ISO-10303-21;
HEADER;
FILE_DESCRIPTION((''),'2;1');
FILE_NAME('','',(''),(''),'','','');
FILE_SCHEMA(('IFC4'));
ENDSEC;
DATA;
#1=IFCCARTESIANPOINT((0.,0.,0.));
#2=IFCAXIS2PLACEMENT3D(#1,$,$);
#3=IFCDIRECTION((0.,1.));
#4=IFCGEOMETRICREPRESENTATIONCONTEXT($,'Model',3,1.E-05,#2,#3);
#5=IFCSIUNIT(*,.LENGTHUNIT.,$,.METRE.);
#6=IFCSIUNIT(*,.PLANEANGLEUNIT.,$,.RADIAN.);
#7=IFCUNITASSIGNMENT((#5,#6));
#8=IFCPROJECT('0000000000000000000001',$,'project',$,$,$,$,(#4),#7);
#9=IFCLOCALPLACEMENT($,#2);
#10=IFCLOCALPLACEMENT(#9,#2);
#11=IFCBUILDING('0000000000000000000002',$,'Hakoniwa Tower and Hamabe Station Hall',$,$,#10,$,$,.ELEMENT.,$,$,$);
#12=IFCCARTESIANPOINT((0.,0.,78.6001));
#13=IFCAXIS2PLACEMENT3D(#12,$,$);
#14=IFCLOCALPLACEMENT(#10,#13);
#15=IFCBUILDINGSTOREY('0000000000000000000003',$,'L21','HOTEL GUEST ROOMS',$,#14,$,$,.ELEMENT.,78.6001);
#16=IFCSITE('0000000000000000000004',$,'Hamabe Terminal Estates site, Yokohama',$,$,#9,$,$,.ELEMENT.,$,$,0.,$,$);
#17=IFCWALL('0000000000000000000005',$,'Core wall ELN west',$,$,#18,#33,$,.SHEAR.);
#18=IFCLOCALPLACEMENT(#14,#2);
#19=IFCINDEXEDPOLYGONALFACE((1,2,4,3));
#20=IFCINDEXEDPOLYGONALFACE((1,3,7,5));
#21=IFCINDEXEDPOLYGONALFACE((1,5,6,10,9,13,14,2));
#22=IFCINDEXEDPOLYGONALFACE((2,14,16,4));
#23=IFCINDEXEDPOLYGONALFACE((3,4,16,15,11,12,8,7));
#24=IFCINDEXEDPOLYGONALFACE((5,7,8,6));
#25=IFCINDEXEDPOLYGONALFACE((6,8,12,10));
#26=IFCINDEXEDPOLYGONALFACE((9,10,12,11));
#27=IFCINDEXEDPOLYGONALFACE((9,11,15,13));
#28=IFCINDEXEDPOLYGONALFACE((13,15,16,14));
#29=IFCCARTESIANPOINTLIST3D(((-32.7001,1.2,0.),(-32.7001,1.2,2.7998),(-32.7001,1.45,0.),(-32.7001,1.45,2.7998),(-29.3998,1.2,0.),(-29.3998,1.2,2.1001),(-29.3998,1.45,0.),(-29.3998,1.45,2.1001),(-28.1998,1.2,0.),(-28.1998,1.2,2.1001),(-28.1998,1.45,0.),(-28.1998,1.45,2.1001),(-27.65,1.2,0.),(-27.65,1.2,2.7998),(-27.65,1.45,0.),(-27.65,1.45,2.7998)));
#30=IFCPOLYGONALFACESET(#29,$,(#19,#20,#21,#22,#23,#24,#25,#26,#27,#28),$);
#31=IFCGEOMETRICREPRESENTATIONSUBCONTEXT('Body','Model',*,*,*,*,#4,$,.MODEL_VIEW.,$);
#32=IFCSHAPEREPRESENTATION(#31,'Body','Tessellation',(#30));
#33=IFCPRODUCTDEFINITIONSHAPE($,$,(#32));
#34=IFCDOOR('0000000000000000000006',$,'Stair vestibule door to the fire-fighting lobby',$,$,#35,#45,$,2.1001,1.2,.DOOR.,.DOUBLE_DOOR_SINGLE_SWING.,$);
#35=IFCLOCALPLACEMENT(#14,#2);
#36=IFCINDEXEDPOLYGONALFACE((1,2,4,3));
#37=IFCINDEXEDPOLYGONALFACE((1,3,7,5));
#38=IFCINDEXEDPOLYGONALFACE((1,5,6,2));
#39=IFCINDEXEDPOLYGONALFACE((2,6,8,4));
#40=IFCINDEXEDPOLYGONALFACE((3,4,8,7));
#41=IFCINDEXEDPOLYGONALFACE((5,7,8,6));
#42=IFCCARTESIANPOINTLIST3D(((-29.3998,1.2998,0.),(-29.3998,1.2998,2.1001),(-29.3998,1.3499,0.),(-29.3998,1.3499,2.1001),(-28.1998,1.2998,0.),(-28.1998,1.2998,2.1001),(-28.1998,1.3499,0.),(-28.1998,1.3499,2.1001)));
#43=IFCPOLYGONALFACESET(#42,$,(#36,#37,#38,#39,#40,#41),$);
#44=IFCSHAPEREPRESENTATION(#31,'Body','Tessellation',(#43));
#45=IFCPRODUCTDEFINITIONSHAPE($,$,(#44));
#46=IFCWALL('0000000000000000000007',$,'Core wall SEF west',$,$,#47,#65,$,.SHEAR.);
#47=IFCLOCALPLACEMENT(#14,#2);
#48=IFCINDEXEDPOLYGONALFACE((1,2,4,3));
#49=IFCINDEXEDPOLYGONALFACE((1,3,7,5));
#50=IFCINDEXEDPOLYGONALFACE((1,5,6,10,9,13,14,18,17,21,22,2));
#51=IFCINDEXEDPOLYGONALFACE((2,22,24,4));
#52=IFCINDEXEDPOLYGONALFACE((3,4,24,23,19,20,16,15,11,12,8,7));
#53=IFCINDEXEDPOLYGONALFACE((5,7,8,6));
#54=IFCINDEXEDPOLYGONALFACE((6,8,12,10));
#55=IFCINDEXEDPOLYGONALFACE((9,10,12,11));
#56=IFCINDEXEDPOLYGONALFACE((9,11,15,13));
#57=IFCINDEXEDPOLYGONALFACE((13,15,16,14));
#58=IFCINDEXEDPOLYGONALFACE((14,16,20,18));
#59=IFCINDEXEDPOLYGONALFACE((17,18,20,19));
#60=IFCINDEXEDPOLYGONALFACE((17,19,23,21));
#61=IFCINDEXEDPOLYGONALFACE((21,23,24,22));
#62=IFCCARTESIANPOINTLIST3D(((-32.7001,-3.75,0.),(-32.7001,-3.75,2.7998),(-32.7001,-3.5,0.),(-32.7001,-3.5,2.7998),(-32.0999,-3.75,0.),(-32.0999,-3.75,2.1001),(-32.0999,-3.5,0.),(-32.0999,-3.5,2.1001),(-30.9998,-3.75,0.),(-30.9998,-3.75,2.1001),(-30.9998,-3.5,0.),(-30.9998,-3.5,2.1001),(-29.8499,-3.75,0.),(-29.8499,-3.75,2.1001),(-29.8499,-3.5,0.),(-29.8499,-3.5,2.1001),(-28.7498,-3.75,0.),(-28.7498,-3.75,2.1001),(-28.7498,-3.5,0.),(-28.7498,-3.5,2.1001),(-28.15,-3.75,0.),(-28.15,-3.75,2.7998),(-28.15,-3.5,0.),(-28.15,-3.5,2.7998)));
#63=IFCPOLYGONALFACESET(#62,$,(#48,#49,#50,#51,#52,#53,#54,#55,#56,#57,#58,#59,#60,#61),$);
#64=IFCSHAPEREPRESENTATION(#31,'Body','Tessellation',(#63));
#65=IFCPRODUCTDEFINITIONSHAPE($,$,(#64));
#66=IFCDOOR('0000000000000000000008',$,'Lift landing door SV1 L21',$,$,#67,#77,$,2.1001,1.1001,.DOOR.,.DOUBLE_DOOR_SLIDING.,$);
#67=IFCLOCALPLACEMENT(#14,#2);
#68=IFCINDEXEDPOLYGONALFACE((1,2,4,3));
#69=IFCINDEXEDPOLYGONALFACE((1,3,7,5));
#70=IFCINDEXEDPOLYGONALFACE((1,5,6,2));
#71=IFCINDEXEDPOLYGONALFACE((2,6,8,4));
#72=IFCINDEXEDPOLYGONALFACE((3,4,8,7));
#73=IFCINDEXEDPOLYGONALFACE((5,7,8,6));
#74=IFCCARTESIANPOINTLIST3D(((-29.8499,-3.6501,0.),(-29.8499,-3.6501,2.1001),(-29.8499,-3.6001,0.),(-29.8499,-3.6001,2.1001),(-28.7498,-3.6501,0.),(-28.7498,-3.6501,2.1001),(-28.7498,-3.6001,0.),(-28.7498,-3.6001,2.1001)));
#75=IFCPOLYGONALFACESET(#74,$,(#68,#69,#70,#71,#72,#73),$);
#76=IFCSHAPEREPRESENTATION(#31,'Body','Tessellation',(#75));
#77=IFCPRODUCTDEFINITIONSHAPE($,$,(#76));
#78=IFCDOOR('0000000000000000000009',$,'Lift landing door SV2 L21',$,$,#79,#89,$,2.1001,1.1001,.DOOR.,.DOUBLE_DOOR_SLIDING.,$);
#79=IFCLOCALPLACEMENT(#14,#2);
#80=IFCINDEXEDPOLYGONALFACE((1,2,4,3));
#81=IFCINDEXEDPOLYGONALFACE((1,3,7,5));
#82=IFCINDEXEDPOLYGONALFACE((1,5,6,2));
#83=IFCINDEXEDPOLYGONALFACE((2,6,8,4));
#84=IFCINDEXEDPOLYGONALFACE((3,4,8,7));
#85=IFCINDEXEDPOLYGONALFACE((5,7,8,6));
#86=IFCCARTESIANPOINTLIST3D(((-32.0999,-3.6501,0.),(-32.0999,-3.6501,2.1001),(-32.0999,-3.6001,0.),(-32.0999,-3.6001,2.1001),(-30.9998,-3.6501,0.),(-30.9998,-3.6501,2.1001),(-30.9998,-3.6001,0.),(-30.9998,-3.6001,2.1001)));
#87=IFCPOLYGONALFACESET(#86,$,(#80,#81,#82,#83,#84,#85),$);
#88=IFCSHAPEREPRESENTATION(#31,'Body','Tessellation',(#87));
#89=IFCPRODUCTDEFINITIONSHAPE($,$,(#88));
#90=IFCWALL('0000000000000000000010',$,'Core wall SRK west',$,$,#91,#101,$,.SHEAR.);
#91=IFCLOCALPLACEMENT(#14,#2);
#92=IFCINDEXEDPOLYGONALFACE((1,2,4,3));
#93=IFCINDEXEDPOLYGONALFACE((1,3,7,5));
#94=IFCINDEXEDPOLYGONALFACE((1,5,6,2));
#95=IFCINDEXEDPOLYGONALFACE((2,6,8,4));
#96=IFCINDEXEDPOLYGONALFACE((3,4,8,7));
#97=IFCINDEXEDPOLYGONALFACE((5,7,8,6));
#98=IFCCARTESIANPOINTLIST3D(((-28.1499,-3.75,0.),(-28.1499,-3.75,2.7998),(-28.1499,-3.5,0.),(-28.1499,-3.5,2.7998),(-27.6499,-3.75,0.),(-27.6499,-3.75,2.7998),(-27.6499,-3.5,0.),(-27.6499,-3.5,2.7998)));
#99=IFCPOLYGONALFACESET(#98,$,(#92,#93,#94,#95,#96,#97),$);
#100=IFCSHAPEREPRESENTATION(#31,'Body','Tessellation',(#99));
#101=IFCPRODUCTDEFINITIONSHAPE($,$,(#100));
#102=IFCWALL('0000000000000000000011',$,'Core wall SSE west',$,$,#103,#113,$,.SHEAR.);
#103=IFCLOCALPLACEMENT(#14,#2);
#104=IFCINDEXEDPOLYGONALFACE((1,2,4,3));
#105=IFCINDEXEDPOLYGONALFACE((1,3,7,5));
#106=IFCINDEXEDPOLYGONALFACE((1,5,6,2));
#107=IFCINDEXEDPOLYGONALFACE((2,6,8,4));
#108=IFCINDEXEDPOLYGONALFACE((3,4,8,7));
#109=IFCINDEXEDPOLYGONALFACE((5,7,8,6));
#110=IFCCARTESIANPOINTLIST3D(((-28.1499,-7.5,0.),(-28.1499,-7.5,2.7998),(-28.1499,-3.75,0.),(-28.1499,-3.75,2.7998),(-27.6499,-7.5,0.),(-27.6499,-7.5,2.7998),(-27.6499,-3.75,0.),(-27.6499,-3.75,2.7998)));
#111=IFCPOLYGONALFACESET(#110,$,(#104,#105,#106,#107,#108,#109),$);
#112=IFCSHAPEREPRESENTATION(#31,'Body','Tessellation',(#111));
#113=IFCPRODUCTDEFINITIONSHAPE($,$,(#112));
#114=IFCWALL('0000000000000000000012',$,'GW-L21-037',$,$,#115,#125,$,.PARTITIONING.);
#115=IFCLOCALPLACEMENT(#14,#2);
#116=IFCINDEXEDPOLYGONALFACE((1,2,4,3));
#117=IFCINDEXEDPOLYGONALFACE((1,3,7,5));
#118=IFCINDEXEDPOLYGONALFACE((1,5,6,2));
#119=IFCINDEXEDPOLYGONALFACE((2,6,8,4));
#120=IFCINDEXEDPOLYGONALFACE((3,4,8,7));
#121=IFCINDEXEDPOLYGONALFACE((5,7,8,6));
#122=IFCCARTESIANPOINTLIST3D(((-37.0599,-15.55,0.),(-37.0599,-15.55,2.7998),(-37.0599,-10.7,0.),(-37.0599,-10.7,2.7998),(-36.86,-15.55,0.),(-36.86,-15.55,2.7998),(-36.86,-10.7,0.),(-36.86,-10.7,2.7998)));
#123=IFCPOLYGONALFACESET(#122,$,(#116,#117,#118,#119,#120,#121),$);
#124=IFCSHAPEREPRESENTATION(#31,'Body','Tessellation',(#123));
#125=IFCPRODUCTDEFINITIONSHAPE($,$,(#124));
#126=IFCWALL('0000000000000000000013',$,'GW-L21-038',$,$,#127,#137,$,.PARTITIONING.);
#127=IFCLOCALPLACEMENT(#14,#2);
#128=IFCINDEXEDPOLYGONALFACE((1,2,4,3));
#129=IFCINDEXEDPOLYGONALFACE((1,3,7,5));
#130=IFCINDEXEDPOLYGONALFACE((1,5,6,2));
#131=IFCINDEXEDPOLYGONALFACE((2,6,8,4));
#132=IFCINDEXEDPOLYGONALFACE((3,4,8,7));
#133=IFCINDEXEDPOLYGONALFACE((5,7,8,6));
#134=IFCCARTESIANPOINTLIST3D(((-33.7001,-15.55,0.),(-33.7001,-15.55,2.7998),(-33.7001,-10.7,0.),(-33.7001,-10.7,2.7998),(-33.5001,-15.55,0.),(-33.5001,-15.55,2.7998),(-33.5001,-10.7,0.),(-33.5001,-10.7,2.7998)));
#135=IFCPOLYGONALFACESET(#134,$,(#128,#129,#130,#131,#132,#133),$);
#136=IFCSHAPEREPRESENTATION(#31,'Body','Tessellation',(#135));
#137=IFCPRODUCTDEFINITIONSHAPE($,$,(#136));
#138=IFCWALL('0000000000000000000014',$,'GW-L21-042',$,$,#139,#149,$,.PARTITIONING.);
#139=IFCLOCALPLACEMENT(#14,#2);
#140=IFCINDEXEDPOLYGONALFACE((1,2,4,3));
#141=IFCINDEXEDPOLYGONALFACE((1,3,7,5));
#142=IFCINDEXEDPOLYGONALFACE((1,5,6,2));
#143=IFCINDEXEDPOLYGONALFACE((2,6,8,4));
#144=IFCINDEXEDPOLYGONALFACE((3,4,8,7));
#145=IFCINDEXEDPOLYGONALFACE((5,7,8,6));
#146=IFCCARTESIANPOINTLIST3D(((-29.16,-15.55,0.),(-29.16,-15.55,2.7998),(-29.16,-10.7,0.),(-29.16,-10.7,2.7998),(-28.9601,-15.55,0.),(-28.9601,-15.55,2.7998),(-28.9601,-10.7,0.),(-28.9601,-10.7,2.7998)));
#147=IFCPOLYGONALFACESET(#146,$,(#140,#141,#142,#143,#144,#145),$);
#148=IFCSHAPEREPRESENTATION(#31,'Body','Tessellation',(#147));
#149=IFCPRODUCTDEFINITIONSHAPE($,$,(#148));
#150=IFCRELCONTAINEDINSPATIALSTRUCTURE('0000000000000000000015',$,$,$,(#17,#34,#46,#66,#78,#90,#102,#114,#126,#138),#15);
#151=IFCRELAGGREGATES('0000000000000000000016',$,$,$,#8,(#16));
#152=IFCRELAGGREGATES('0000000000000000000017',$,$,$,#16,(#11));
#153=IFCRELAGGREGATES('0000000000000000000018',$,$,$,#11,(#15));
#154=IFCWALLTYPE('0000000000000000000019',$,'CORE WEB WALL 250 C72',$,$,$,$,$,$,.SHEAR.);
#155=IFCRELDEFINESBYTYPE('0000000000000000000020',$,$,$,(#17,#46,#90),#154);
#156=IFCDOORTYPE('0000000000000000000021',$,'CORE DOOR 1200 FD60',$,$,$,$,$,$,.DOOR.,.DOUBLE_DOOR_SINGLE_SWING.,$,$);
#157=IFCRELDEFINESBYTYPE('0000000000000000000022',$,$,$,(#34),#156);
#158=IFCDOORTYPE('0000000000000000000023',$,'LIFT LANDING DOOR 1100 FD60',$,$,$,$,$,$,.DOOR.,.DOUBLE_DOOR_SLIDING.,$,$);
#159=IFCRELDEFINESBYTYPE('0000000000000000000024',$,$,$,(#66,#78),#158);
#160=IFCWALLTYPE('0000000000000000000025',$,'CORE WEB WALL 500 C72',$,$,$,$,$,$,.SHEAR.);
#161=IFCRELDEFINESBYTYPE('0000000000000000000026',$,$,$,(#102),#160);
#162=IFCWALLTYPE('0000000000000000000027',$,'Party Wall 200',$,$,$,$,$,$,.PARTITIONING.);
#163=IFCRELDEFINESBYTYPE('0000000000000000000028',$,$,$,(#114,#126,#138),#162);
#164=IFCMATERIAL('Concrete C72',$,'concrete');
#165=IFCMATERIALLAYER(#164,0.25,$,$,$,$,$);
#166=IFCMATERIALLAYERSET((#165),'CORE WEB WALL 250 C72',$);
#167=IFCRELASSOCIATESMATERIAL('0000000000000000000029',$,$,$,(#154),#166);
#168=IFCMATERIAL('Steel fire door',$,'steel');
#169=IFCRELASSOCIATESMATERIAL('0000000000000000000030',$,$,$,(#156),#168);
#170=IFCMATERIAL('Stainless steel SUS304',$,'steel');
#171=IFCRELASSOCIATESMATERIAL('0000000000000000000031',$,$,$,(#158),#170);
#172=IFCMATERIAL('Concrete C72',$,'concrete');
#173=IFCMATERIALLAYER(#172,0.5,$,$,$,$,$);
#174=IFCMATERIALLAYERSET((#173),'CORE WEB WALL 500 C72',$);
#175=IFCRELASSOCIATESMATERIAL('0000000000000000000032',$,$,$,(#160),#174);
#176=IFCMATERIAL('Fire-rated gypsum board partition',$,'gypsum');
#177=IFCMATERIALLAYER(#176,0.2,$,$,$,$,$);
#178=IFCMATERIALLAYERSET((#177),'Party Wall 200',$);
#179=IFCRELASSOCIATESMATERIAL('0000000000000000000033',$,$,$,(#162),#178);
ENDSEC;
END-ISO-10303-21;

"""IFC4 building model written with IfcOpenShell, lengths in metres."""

from ifc_helpers import new_model, si_unit, direction, frame, frame_2d, origin, place, context, subcontext, project, spatial, rectangle, extrude, material, layer, layer_set, type_object, element, fill, save


model = new_model("IFC4")

# Units and contexts
model_context = context("Model", 3, precision=1e-05, world=origin(), true_north=direction((0.0, 1.0)))
body_context = subcontext(model_context, "Body", "Model", "MODEL_VIEW")
ifc_project = project(units=[si_unit("LENGTHUNIT", "METRE"), si_unit("PLANEANGLEUNIT", "RADIAN")], contexts=[model_context])

# Site, building, storey
site_placement = place(None, origin())
site = spatial("IfcSite", under=ifc_project, at=site_placement, Name="Hamabe Terminal Estates site, Yokohama", CompositionType="ELEMENT", RefElevation=0.0)
building_placement = place(site_placement, origin())
building = spatial("IfcBuilding", under=site, at=building_placement, Name="Hakoniwa Tower and Hamabe Station Hall", CompositionType="ELEMENT")
storey_placement = place(building_placement, frame((0.0, 0.0, 78.6001)))
storey = spatial("IfcBuildingStorey", under=building, at=storey_placement, Name="L21", Description="HOTEL GUEST ROOMS", CompositionType="ELEMENT", Elevation=78.6001)

# Wall, opening, door
ifc_material_1 = material(Name="Concrete C72", Category="concrete")
ifc_layer_1 = layer(ifc_material_1, 0.25)
ifc_layer_set_1 = layer_set([ifc_layer_1], Name="CORE WEB WALL 250 C72")
wall_type_1 = type_object("IfcWallType", Name="CORE WEB WALL 250 C72", PredefinedType="SHEAR", material=ifc_layer_set_1)
wall_1_placement = place(storey_placement, frame((-32.7, 1.325, 0.0), z_axis=(0.0, 0.0, 1.0), x_axis=(1.0, 0.0, 0.0)))
wall_1 = element("IfcWall", 1, at=wall_1_placement, inside=storey, type_object=wall_type_1, Name="Core wall ELN west", PredefinedType="SHEAR", context=body_context, shape_type="SweptSolid", body=[
    extrude(rectangle(XDim=5.05, YDim=0.25, at=frame_2d((2.5249, 0.0))), origin(), (0.0, 0.0, 1.0), 2.7998),
])
opening_1_placement = place(wall_1_placement, frame((3.3, 0.0, 0.0)))
opening_1 = element("IfcOpeningElement", 2, at=opening_1_placement, cuts=wall_1, PredefinedType="OPENING", context=body_context, shape_type="SweptSolid", body=[
    extrude(rectangle(XDim=1.2, YDim=2.1001, at=frame_2d((0.6001, 1.05))), frame((0.0, 0.135, 0.0), z_axis=(0.0, -1.0, 0.0), x_axis=(1.0, 0.0, 0.0)), (0.0, 0.0, 1.0), 0.27),
])
ifc_material_2 = material(Name="Steel fire door", Category="steel")
door_type_1 = type_object("IfcDoorType", Name="CORE DOOR 1200 FD60", OperationType="DOUBLE_DOOR_SINGLE_SWING", PredefinedType="DOOR", material=ifc_material_2)
door_1_placement = place(opening_1_placement, origin())
door_1 = element("IfcDoor", 3, at=door_1_placement, inside=storey, type_object=door_type_1, Name="Stair vestibule door to the fire-fighting lobby", OperationType="DOUBLE_DOOR_SINGLE_SWING", OverallHeight=2.1001, OverallWidth=1.2, PredefinedType="DOOR", context=body_context, shape_type="SweptSolid", body=[
    extrude(rectangle(XDim=1.2, YDim=2.1001, at=frame_2d((0.6001, 1.05))), frame((0.0, 0.0249, 0.0), z_axis=(0.0, -1.0, 0.0), x_axis=(1.0, 0.0, 0.0)), (0.0, 0.0, 1.0), 0.05),
])
fill(opening_1, door_1)

# Wall, openings, doors
wall_2_placement = place(storey_placement, frame((-32.7, -3.625, 0.0), z_axis=(0.0, 0.0, 1.0), x_axis=(1.0, 0.0, 0.0)))
wall_2 = element("IfcWall", 4, at=wall_2_placement, inside=storey, type_object=wall_type_1, Name="Core wall SEF west", PredefinedType="SHEAR", context=body_context, shape_type="SweptSolid", body=[
    extrude(rectangle(XDim=4.55, YDim=0.25, at=frame_2d((2.2749, 0.0))), origin(), (0.0, 0.0, 1.0), 2.7998),
])
opening_2_placement = place(wall_2_placement, frame((2.8501, 0.0, 0.0)))
opening_2 = element("IfcOpeningElement", 5, at=opening_2_placement, cuts=wall_2, PredefinedType="OPENING", context=body_context, shape_type="SweptSolid", body=[
    extrude(rectangle(XDim=1.1001, YDim=2.1001, at=frame_2d((0.55, 1.05))), frame((0.0, 0.135, 0.0), z_axis=(0.0, -1.0, 0.0), x_axis=(1.0, 0.0, 0.0)), (0.0, 0.0, 1.0), 0.27),
])
opening_3_placement = place(wall_2_placement, frame((0.6001, 0.0, 0.0)))
opening_3 = element("IfcOpeningElement", 6, at=opening_3_placement, cuts=wall_2, PredefinedType="OPENING", context=body_context, shape_type="SweptSolid", body=[
    extrude(rectangle(XDim=1.1001, YDim=2.1001, at=frame_2d((0.55, 1.05))), frame((0.0, 0.135, 0.0), z_axis=(0.0, -1.0, 0.0), x_axis=(1.0, 0.0, 0.0)), (0.0, 0.0, 1.0), 0.27),
])
ifc_material_3 = material(Name="Stainless steel SUS304", Category="steel")
door_type_2 = type_object("IfcDoorType", Name="LIFT LANDING DOOR 1100 FD60", OperationType="DOUBLE_DOOR_SLIDING", PredefinedType="DOOR", material=ifc_material_3)
door_2_placement = place(opening_2_placement, origin())
door_2 = element("IfcDoor", 7, at=door_2_placement, inside=storey, type_object=door_type_2, Name="Lift landing door SV1 L21", OperationType="DOUBLE_DOOR_SLIDING", OverallHeight=2.1001, OverallWidth=1.1001, PredefinedType="DOOR", context=body_context, shape_type="SweptSolid", body=[
    extrude(rectangle(XDim=1.1001, YDim=2.1001, at=frame_2d((0.55, 1.05))), frame((0.0, 0.0249, 0.0), z_axis=(0.0, -1.0, 0.0), x_axis=(1.0, 0.0, 0.0)), (0.0, 0.0, 1.0), 0.05),
])
fill(opening_2, door_2)
door_3_placement = place(opening_3_placement, origin())
door_3 = element("IfcDoor", 8, at=door_3_placement, inside=storey, type_object=door_type_2, Name="Lift landing door SV2 L21", OperationType="DOUBLE_DOOR_SLIDING", OverallHeight=2.1001, OverallWidth=1.1001, PredefinedType="DOOR", context=body_context, shape_type="SweptSolid", body=[
    extrude(rectangle(XDim=1.1001, YDim=2.1001, at=frame_2d((0.55, 1.05))), frame((0.0, 0.0249, 0.0), z_axis=(0.0, -1.0, 0.0), x_axis=(1.0, 0.0, 0.0)), (0.0, 0.0, 1.0), 0.05),
])
fill(opening_3, door_3)

# Walls
wall_3_placement = place(storey_placement, frame((-28.1499, -3.625, 0.0), z_axis=(0.0, 0.0, 1.0), x_axis=(1.0, 0.0, 0.0)))
element("IfcWall", 9, at=wall_3_placement, inside=storey, type_object=wall_type_1, Name="Core wall SRK west", PredefinedType="SHEAR", context=body_context, shape_type="SweptSolid", body=[
    extrude(rectangle(XDim=0.5, YDim=0.25, at=frame_2d((0.25, 0.0))), origin(), (0.0, 0.0, 1.0), 2.7998),
])
ifc_material_4 = material(Name="Concrete C72", Category="concrete")
ifc_layer_2 = layer(ifc_material_4, 0.5)
ifc_layer_set_2 = layer_set([ifc_layer_2], Name="CORE WEB WALL 500 C72")
wall_type_2 = type_object("IfcWallType", Name="CORE WEB WALL 500 C72", PredefinedType="SHEAR", material=ifc_layer_set_2)
wall_4_placement = place(storey_placement, frame((-27.8999, -7.5, 0.0), z_axis=(0.0, 0.0, 1.0), x_axis=(0.0, 1.0, 0.0)))
element("IfcWall", 10, at=wall_4_placement, inside=storey, type_object=wall_type_2, Name="Core wall SSE west", PredefinedType="SHEAR", context=body_context, shape_type="SweptSolid", body=[
    extrude(rectangle(XDim=3.75, YDim=0.5, at=frame_2d((1.875, 0.0))), origin(), (0.0, 0.0, 1.0), 2.7998),
])
ifc_material_5 = material(Name="Fire-rated gypsum board partition", Category="gypsum")
ifc_layer_3 = layer(ifc_material_5, 0.2)
ifc_layer_set_3 = layer_set([ifc_layer_3], Name="Party Wall 200")
wall_type_3 = type_object("IfcWallType", Name="Party Wall 200", PredefinedType="PARTITIONING", material=ifc_layer_set_3)
for number, where, z_axis, x_axis, name in (
    (11, (-36.96, -15.55, 0.0), (0.0, 0.0, 1.0), (0.0, 1.0, 0.0), "GW-L21-037"),
    (12, (-33.6001, -15.55, 0.0), (0.0, 0.0, 1.0), (0.0, 1.0, 0.0), "GW-L21-038"),
    (13, (-29.0601, -15.55, 0.0), (0.0, 0.0, 1.0), (0.0, 1.0, 0.0), "GW-L21-042"),
):
    element("IfcWall", number, at=place(storey_placement, frame(where, z_axis=z_axis, x_axis=x_axis)), inside=storey, type_object=wall_type_3, Name=name, PredefinedType="PARTITIONING", context=body_context, shape_type="SweptSolid", body=[
        extrude(rectangle(XDim=4.8501, YDim=0.2, at=frame_2d((2.425, 0.0))), origin(), (0.0, 0.0, 1.0), 2.7998),
    ])

save(model, "model.ifc")
